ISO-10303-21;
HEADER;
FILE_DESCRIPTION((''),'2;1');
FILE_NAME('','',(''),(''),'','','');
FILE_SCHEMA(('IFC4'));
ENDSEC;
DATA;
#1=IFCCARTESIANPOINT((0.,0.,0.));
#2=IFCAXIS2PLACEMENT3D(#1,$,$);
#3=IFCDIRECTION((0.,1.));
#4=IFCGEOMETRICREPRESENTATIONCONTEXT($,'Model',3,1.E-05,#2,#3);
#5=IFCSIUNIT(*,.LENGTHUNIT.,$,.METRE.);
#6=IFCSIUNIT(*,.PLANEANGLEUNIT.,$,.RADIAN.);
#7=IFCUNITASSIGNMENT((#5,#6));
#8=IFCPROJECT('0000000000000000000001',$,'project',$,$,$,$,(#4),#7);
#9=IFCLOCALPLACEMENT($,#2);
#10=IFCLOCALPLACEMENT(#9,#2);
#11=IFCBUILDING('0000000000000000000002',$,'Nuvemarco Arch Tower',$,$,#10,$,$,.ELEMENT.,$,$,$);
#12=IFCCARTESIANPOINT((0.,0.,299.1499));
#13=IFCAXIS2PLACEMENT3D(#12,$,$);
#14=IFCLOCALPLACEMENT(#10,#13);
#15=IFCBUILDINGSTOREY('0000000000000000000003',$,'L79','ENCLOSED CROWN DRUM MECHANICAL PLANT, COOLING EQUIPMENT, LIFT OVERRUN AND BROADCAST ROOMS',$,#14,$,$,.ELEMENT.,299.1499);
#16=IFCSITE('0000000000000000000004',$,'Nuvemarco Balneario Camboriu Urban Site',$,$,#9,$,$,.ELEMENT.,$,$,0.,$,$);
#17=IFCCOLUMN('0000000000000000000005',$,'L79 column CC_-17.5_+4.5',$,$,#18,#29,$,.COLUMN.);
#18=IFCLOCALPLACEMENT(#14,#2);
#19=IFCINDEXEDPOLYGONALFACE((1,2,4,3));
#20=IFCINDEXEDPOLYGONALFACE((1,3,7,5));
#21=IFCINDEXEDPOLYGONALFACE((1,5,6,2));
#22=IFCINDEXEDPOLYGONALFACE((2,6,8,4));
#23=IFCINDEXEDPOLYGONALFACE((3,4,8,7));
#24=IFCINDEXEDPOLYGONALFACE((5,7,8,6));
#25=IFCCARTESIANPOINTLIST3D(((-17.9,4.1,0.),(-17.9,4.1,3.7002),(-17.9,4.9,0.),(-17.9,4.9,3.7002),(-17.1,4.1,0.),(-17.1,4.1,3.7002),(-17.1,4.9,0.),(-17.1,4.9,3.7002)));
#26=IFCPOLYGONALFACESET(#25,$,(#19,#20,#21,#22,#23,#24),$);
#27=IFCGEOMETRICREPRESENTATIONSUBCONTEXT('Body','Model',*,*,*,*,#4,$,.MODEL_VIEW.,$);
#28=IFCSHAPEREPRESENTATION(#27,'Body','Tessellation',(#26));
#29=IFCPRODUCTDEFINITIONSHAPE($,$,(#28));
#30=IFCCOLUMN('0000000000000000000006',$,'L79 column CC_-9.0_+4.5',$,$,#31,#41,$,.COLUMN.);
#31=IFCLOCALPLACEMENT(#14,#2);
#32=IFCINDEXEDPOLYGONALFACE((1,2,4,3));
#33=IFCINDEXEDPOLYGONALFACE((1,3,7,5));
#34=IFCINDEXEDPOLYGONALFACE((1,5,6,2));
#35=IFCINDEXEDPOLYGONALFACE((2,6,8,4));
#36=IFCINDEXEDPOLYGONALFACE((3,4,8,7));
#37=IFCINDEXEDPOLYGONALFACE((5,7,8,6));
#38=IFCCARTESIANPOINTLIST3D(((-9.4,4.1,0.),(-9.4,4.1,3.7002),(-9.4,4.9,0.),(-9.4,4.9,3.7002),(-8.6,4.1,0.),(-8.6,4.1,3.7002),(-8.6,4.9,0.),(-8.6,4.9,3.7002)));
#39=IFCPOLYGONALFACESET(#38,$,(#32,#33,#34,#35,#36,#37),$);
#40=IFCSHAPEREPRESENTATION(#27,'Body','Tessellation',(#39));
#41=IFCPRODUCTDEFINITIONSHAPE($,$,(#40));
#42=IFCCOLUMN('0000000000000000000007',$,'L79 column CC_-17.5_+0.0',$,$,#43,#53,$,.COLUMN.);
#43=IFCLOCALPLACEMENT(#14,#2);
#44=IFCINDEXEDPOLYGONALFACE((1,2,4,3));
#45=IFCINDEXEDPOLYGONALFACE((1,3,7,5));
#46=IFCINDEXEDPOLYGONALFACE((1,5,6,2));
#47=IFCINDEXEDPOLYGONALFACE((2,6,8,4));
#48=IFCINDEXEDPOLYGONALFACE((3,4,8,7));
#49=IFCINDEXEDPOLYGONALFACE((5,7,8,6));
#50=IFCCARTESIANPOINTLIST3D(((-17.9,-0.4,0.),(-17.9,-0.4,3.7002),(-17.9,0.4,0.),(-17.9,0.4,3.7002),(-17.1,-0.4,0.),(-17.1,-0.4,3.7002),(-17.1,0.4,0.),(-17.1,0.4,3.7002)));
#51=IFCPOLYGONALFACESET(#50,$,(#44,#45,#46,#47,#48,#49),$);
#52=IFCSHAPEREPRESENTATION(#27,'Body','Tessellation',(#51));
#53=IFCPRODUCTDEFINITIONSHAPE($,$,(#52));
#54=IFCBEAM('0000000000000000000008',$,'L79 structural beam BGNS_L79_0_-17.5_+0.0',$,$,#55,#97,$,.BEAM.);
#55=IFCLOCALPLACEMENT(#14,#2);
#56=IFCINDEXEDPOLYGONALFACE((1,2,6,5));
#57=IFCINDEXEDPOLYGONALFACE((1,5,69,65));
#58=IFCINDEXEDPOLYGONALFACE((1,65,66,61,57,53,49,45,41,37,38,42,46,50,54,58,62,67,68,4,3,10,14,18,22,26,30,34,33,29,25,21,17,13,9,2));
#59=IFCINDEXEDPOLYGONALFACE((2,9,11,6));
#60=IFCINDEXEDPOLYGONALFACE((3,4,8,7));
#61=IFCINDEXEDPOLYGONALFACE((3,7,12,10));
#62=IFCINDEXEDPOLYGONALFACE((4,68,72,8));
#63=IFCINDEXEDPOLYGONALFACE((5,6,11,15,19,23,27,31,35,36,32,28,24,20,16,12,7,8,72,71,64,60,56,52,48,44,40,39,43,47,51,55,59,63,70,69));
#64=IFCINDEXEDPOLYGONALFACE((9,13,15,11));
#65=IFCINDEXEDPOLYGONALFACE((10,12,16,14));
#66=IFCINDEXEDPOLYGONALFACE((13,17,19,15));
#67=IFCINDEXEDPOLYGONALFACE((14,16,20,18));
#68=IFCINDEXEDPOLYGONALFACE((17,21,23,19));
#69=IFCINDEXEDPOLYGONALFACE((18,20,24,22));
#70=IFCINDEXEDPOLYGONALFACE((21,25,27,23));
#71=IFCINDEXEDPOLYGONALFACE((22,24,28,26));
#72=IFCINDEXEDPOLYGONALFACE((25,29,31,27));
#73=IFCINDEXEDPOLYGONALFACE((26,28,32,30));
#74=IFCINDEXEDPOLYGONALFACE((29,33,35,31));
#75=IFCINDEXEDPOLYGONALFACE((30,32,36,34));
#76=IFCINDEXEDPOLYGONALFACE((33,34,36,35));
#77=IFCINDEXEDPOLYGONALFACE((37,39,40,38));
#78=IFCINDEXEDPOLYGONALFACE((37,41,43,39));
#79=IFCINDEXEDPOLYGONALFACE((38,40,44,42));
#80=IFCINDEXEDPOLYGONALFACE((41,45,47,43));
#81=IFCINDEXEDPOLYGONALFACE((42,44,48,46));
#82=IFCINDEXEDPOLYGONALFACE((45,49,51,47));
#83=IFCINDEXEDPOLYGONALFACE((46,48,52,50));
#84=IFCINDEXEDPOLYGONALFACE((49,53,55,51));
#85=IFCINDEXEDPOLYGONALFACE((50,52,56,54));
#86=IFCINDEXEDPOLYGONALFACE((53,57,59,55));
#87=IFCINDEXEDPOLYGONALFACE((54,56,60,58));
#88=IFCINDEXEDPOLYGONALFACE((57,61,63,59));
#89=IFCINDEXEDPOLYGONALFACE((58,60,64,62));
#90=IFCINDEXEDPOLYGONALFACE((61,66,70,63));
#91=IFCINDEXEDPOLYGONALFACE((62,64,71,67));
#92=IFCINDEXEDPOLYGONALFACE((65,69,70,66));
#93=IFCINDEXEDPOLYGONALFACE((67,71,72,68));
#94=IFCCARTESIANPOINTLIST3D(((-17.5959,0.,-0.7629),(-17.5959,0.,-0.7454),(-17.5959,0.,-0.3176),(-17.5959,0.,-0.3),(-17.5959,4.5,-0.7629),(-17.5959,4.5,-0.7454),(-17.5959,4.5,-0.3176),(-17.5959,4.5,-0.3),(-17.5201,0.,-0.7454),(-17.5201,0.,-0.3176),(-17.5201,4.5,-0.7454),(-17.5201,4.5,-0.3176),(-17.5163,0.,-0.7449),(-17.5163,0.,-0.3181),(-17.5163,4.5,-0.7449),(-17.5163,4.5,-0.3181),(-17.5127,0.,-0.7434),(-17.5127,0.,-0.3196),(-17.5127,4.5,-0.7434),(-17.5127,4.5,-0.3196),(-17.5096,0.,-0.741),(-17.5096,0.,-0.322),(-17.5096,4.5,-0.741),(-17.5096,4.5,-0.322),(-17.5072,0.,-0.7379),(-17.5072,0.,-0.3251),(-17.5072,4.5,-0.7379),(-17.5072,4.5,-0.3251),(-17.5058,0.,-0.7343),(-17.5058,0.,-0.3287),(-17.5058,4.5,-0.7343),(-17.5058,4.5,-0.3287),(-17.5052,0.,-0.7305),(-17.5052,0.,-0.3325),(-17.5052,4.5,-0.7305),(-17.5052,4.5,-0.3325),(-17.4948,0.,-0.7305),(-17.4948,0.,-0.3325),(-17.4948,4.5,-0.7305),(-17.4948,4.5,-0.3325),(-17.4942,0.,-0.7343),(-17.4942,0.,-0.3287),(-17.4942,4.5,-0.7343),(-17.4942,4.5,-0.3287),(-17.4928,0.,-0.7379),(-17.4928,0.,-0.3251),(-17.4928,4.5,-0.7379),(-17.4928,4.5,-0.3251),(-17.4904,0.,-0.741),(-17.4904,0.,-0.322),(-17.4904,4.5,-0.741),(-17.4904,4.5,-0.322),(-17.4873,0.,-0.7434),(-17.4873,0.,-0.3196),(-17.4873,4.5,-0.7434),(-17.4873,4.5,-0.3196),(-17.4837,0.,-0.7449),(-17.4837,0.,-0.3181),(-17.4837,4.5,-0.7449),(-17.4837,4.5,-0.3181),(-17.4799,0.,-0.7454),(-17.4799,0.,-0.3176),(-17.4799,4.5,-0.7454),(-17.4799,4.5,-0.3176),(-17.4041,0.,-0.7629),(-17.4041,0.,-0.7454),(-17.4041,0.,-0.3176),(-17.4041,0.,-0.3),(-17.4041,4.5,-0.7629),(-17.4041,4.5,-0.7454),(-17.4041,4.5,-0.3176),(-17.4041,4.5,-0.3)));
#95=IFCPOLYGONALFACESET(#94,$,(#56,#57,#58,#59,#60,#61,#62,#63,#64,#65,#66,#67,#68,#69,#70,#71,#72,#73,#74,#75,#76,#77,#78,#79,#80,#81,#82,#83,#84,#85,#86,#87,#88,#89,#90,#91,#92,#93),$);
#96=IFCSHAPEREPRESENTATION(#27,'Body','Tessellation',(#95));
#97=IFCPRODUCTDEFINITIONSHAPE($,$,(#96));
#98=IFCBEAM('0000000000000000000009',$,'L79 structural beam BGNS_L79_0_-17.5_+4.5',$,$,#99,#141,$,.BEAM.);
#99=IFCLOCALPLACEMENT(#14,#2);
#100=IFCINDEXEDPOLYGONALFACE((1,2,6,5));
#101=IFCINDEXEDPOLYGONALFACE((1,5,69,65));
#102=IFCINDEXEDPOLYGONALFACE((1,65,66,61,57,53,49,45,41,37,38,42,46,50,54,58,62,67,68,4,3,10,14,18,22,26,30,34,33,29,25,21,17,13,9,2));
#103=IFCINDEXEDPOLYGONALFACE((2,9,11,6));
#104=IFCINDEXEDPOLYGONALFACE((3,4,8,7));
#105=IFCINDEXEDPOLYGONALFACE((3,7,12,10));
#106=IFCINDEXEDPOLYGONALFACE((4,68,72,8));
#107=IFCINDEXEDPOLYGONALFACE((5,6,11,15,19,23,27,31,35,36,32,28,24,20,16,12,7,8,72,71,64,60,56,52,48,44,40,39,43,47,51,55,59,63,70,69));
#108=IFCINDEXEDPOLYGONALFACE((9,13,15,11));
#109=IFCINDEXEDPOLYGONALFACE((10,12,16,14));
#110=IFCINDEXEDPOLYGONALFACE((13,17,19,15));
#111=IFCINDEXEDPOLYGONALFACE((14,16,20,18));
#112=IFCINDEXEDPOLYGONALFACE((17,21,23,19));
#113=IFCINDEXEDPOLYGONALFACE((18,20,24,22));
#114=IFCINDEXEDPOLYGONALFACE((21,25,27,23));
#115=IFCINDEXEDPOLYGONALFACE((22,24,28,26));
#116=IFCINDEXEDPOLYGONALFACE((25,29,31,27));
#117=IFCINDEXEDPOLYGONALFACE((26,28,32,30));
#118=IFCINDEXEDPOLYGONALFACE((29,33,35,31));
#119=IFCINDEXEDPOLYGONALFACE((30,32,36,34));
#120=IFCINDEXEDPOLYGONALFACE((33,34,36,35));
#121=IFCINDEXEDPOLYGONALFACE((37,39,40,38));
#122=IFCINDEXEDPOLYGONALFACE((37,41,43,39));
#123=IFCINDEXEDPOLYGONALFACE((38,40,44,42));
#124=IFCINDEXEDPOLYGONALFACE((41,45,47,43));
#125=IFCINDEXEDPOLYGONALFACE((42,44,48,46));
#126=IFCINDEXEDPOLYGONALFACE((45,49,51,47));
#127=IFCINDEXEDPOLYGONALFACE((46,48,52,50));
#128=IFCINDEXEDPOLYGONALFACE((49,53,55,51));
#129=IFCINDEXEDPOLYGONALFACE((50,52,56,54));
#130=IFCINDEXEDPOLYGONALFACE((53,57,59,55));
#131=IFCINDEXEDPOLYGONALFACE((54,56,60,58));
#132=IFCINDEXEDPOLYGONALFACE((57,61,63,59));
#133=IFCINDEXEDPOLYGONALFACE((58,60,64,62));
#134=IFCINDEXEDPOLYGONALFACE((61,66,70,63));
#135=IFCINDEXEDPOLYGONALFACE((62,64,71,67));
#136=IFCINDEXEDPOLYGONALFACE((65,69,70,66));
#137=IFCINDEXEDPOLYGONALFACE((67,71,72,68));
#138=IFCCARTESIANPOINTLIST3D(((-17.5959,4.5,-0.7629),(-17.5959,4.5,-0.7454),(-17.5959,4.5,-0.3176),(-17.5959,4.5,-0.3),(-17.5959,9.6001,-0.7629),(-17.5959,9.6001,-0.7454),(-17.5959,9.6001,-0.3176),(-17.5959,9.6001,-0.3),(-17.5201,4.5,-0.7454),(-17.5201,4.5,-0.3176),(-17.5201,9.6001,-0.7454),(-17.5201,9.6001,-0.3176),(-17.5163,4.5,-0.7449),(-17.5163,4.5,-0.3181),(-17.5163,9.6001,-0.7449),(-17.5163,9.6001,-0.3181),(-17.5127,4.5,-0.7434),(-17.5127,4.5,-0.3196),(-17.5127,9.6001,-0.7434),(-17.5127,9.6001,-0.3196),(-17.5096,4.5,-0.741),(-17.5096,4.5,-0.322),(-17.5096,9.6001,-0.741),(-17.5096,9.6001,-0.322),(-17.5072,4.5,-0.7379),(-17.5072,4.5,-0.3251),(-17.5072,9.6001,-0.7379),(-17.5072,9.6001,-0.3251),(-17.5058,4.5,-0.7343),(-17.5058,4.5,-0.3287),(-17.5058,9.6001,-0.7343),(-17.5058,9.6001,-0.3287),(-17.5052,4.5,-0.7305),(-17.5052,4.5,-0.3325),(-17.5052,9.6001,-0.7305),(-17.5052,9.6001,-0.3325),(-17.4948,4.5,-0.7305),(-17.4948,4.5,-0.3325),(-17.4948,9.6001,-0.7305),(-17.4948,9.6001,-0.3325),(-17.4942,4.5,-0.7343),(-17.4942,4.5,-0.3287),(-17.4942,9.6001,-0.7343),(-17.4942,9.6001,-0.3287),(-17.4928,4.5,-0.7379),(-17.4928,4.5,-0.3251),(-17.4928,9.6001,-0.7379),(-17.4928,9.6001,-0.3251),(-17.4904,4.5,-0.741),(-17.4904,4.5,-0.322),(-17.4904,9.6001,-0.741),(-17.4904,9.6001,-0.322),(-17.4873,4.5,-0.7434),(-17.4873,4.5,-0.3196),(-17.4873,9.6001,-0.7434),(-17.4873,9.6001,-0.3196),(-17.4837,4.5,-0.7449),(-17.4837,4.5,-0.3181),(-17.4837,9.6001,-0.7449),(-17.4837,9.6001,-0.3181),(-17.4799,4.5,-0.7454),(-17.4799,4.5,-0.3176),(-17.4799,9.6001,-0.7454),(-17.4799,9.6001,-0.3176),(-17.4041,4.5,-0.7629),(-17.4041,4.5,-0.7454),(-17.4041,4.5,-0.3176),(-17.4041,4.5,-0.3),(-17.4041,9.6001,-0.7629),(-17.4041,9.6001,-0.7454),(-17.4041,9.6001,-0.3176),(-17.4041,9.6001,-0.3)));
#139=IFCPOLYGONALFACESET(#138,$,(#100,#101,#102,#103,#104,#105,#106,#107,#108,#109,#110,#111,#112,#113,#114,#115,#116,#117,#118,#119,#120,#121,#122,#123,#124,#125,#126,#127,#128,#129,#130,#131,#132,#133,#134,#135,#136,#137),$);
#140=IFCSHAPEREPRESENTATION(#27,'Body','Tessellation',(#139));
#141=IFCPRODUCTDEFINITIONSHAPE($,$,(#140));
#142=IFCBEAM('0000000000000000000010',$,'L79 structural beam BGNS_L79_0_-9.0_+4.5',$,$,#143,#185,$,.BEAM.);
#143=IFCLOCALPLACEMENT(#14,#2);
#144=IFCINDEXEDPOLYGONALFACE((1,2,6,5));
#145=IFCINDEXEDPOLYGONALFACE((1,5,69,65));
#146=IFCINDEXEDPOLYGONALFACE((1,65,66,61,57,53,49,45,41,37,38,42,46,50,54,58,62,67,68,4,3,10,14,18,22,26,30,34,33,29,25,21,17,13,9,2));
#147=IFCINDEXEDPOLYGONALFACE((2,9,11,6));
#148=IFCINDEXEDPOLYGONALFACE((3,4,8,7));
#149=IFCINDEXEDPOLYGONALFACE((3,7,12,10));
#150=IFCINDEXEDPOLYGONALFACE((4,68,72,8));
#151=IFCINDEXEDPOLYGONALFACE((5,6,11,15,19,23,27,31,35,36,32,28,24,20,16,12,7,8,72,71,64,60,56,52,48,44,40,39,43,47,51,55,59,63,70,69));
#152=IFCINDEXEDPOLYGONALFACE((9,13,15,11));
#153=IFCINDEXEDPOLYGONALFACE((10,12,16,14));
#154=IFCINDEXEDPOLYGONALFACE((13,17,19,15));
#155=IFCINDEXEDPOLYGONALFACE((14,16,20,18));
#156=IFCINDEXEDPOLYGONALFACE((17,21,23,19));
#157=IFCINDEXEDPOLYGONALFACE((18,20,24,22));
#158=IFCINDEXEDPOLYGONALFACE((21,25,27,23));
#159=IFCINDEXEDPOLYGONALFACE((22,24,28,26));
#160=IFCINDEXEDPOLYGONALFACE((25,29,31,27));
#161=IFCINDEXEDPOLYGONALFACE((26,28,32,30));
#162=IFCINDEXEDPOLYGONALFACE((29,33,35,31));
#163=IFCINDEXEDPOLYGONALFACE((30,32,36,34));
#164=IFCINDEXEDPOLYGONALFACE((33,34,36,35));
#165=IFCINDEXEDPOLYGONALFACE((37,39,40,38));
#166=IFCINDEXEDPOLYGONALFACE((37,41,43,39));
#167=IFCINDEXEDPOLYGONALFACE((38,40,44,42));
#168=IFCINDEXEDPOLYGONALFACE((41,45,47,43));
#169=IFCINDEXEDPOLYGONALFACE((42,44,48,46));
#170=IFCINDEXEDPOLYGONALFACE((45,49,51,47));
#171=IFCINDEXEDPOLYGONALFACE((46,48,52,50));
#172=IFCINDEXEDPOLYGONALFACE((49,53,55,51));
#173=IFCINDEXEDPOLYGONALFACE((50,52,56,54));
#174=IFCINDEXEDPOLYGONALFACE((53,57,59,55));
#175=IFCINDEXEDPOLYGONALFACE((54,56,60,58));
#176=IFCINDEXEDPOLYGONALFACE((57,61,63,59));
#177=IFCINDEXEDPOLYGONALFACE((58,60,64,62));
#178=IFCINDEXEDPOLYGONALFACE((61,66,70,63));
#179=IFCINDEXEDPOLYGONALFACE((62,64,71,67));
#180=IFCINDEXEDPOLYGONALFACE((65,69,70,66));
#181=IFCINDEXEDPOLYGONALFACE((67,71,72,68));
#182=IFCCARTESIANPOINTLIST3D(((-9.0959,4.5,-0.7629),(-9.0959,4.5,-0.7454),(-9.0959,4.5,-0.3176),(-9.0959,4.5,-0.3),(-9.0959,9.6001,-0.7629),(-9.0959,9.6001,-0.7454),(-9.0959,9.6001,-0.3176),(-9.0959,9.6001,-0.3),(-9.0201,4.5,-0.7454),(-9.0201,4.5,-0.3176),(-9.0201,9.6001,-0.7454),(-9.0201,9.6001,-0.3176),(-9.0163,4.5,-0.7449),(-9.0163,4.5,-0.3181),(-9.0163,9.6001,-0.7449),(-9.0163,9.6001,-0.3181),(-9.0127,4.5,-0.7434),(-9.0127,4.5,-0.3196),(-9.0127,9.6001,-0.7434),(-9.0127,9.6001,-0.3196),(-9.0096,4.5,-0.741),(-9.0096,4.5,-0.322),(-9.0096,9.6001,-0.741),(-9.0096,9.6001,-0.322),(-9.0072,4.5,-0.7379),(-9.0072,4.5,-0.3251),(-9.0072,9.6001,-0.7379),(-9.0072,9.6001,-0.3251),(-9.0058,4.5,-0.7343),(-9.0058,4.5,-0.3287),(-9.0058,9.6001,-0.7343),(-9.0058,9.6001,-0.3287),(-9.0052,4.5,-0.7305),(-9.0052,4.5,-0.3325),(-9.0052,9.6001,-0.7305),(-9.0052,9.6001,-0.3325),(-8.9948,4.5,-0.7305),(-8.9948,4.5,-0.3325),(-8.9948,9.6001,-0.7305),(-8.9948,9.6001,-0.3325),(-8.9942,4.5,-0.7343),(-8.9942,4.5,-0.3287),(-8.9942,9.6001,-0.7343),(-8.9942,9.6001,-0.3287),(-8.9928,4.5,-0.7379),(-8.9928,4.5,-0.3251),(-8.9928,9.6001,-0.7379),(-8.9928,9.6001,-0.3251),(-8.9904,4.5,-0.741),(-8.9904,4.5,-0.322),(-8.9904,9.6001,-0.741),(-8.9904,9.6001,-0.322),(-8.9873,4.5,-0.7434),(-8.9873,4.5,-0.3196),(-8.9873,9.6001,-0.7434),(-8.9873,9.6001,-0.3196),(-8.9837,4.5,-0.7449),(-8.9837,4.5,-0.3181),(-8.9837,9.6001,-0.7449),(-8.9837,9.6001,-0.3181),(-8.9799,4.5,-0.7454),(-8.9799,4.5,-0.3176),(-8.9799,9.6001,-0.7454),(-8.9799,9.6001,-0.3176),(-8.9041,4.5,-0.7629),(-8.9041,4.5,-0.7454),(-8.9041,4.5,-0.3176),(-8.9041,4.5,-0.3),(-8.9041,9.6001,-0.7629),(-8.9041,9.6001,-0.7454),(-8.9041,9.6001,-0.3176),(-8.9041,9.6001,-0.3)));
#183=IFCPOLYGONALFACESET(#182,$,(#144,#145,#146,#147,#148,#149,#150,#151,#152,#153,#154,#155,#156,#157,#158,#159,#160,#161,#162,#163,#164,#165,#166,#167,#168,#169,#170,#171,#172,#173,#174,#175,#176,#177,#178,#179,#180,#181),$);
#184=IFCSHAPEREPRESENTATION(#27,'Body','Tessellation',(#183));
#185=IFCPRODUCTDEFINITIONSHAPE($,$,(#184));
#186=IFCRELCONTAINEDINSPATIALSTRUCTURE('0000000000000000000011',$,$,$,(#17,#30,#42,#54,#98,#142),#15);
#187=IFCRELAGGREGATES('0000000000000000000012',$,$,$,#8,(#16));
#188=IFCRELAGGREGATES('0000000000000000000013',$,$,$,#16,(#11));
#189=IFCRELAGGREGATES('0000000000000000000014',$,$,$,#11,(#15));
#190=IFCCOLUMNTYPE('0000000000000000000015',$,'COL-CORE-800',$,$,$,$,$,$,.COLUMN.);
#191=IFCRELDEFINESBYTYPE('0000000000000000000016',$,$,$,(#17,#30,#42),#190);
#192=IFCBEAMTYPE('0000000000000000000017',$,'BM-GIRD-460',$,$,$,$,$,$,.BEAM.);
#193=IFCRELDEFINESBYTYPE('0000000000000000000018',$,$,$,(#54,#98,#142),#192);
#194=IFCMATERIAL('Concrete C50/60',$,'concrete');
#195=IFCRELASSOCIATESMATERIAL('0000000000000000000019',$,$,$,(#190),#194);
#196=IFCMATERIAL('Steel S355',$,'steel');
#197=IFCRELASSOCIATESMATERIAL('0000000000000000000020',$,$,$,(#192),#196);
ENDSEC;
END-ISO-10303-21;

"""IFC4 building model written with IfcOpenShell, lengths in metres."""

from ifc_helpers import new_model, si_unit, direction, frame, origin, origin_2d, place, context, subcontext, project, spatial, rectangle, i_section, extrude, material, material_profile, profile_set, type_object, element, save


model = new_model("IFC4")

# Units and contexts
model_context = context("Model", 3, precision=1e-05, world=origin(), true_north=direction((0.0, 1.0)))
body_context = subcontext(model_context, "Body", "Model", "MODEL_VIEW")
ifc_project = project(units=[si_unit("LENGTHUNIT", "METRE"), si_unit("PLANEANGLEUNIT", "RADIAN")], contexts=[model_context])

# Site, building, storey
site_placement = place(None, origin())
site = spatial("IfcSite", under=ifc_project, at=site_placement, Name="Nuvemarco Balneario Camboriu Urban Site", CompositionType="ELEMENT", RefElevation=0.0)
building_placement = place(site_placement, origin())
building = spatial("IfcBuilding", under=site, at=building_placement, Name="Nuvemarco Arch Tower", CompositionType="ELEMENT")
storey_placement = place(building_placement, frame((0.0, 0.0, 299.1499)))
storey = spatial("IfcBuildingStorey", under=building, at=storey_placement, Name="L79", Description="ENCLOSED CROWN DRUM MECHANICAL PLANT, COOLING EQUIPMENT, LIFT OVERRUN AND BROADCAST ROOMS", CompositionType="ELEMENT", Elevation=299.1499)

# Columns
ifc_material_1 = material(Name="Concrete C50/60", Category="concrete")
ifc_material_profile_1 = material_profile(ifc_material_1, rectangle(XDim=0.8, YDim=0.8, at=origin_2d()), Name="RC-COL-800x800")
ifc_profile_set_1 = profile_set([ifc_material_profile_1], Name="Concrete C50/60")
column_type = type_object("IfcColumnType", Name="COL-CORE-800", PredefinedType="COLUMN", material=ifc_profile_set_1)
for number, where, z_axis, x_axis, name in (
    (1, (-17.5, 4.5, 0.0), (0.0, 0.0, 1.0), (1.0, 0.0, 0.0), "L79 column CC_-17.5_+4.5"),
    (2, (-9.0, 4.5, 0.0), (0.0, 0.0, 1.0), (1.0, 0.0, 0.0), "L79 column CC_-9.0_+4.5"),
    (3, (-17.5, 0.0, 0.0), (0.0, 0.0, 1.0), (1.0, 0.0, 0.0), "L79 column CC_-17.5_+0.0"),
):
    element("IfcColumn", number, at=place(storey_placement, frame(where, z_axis=z_axis, x_axis=x_axis)), inside=storey, type_object=column_type, Name=name, PredefinedType="COLUMN", context=body_context, shape_type="SweptSolid", body=[
        extrude(rectangle(XDim=0.8, YDim=0.8, at=origin_2d()), origin(), (0.0, 0.0, 1.0), 3.7002),
    ])

# Beams
ifc_material_2 = material(Name="Steel S355", Category="steel")
ifc_material_profile_2 = material_profile(ifc_material_2, i_section(OverallWidth=0.1919, OverallDepth=0.4629, WebThickness=0.0105, FlangeThickness=0.0176, FilletRadius=0.0149, at=origin_2d()), Name="W460x89")
ifc_profile_set_2 = profile_set([ifc_material_profile_2], Name="Steel S355")
beam_type = type_object("IfcBeamType", Name="BM-GIRD-460", PredefinedType="BEAM", material=ifc_profile_set_2)
beam_1_placement = place(storey_placement, frame((-17.5, 0.0, -0.5315), z_axis=(0.0, 1.0, 0.0), x_axis=(-1.0, 0.0, 0.0)))
element("IfcBeam", 4, at=beam_1_placement, inside=storey, type_object=beam_type, Name="L79 structural beam BGNS_L79_0_-17.5_+0.0", PredefinedType="BEAM", context=body_context, shape_type="SweptSolid", body=[
    extrude(i_section(OverallWidth=0.1919, OverallDepth=0.4629, WebThickness=0.0105, FlangeThickness=0.0176, FilletRadius=0.0149, at=origin_2d()), origin(), (0.0, 0.0, 1.0), 4.5),
])
for number, where, z_axis, x_axis, name in (
    (5, (-17.5, 4.5, -0.5315), (0.0, 1.0, 0.0), (-1.0, 0.0, 0.0), "L79 structural beam BGNS_L79_0_-17.5_+4.5"),
    (6, (-9.0, 4.5, -0.5315), (0.0, 1.0, 0.0), (-1.0, 0.0, 0.0), "L79 structural beam BGNS_L79_0_-9.0_+4.5"),
):
    element("IfcBeam", number, at=place(storey_placement, frame(where, z_axis=z_axis, x_axis=x_axis)), inside=storey, type_object=beam_type, Name=name, PredefinedType="BEAM", context=body_context, shape_type="SweptSolid", body=[
        extrude(i_section(OverallWidth=0.1919, OverallDepth=0.4629, WebThickness=0.0105, FlangeThickness=0.0176, FilletRadius=0.0149, at=origin_2d()), origin(), (0.0, 0.0, 1.0), 5.1001),
    ])

save(model, "model.ifc")
